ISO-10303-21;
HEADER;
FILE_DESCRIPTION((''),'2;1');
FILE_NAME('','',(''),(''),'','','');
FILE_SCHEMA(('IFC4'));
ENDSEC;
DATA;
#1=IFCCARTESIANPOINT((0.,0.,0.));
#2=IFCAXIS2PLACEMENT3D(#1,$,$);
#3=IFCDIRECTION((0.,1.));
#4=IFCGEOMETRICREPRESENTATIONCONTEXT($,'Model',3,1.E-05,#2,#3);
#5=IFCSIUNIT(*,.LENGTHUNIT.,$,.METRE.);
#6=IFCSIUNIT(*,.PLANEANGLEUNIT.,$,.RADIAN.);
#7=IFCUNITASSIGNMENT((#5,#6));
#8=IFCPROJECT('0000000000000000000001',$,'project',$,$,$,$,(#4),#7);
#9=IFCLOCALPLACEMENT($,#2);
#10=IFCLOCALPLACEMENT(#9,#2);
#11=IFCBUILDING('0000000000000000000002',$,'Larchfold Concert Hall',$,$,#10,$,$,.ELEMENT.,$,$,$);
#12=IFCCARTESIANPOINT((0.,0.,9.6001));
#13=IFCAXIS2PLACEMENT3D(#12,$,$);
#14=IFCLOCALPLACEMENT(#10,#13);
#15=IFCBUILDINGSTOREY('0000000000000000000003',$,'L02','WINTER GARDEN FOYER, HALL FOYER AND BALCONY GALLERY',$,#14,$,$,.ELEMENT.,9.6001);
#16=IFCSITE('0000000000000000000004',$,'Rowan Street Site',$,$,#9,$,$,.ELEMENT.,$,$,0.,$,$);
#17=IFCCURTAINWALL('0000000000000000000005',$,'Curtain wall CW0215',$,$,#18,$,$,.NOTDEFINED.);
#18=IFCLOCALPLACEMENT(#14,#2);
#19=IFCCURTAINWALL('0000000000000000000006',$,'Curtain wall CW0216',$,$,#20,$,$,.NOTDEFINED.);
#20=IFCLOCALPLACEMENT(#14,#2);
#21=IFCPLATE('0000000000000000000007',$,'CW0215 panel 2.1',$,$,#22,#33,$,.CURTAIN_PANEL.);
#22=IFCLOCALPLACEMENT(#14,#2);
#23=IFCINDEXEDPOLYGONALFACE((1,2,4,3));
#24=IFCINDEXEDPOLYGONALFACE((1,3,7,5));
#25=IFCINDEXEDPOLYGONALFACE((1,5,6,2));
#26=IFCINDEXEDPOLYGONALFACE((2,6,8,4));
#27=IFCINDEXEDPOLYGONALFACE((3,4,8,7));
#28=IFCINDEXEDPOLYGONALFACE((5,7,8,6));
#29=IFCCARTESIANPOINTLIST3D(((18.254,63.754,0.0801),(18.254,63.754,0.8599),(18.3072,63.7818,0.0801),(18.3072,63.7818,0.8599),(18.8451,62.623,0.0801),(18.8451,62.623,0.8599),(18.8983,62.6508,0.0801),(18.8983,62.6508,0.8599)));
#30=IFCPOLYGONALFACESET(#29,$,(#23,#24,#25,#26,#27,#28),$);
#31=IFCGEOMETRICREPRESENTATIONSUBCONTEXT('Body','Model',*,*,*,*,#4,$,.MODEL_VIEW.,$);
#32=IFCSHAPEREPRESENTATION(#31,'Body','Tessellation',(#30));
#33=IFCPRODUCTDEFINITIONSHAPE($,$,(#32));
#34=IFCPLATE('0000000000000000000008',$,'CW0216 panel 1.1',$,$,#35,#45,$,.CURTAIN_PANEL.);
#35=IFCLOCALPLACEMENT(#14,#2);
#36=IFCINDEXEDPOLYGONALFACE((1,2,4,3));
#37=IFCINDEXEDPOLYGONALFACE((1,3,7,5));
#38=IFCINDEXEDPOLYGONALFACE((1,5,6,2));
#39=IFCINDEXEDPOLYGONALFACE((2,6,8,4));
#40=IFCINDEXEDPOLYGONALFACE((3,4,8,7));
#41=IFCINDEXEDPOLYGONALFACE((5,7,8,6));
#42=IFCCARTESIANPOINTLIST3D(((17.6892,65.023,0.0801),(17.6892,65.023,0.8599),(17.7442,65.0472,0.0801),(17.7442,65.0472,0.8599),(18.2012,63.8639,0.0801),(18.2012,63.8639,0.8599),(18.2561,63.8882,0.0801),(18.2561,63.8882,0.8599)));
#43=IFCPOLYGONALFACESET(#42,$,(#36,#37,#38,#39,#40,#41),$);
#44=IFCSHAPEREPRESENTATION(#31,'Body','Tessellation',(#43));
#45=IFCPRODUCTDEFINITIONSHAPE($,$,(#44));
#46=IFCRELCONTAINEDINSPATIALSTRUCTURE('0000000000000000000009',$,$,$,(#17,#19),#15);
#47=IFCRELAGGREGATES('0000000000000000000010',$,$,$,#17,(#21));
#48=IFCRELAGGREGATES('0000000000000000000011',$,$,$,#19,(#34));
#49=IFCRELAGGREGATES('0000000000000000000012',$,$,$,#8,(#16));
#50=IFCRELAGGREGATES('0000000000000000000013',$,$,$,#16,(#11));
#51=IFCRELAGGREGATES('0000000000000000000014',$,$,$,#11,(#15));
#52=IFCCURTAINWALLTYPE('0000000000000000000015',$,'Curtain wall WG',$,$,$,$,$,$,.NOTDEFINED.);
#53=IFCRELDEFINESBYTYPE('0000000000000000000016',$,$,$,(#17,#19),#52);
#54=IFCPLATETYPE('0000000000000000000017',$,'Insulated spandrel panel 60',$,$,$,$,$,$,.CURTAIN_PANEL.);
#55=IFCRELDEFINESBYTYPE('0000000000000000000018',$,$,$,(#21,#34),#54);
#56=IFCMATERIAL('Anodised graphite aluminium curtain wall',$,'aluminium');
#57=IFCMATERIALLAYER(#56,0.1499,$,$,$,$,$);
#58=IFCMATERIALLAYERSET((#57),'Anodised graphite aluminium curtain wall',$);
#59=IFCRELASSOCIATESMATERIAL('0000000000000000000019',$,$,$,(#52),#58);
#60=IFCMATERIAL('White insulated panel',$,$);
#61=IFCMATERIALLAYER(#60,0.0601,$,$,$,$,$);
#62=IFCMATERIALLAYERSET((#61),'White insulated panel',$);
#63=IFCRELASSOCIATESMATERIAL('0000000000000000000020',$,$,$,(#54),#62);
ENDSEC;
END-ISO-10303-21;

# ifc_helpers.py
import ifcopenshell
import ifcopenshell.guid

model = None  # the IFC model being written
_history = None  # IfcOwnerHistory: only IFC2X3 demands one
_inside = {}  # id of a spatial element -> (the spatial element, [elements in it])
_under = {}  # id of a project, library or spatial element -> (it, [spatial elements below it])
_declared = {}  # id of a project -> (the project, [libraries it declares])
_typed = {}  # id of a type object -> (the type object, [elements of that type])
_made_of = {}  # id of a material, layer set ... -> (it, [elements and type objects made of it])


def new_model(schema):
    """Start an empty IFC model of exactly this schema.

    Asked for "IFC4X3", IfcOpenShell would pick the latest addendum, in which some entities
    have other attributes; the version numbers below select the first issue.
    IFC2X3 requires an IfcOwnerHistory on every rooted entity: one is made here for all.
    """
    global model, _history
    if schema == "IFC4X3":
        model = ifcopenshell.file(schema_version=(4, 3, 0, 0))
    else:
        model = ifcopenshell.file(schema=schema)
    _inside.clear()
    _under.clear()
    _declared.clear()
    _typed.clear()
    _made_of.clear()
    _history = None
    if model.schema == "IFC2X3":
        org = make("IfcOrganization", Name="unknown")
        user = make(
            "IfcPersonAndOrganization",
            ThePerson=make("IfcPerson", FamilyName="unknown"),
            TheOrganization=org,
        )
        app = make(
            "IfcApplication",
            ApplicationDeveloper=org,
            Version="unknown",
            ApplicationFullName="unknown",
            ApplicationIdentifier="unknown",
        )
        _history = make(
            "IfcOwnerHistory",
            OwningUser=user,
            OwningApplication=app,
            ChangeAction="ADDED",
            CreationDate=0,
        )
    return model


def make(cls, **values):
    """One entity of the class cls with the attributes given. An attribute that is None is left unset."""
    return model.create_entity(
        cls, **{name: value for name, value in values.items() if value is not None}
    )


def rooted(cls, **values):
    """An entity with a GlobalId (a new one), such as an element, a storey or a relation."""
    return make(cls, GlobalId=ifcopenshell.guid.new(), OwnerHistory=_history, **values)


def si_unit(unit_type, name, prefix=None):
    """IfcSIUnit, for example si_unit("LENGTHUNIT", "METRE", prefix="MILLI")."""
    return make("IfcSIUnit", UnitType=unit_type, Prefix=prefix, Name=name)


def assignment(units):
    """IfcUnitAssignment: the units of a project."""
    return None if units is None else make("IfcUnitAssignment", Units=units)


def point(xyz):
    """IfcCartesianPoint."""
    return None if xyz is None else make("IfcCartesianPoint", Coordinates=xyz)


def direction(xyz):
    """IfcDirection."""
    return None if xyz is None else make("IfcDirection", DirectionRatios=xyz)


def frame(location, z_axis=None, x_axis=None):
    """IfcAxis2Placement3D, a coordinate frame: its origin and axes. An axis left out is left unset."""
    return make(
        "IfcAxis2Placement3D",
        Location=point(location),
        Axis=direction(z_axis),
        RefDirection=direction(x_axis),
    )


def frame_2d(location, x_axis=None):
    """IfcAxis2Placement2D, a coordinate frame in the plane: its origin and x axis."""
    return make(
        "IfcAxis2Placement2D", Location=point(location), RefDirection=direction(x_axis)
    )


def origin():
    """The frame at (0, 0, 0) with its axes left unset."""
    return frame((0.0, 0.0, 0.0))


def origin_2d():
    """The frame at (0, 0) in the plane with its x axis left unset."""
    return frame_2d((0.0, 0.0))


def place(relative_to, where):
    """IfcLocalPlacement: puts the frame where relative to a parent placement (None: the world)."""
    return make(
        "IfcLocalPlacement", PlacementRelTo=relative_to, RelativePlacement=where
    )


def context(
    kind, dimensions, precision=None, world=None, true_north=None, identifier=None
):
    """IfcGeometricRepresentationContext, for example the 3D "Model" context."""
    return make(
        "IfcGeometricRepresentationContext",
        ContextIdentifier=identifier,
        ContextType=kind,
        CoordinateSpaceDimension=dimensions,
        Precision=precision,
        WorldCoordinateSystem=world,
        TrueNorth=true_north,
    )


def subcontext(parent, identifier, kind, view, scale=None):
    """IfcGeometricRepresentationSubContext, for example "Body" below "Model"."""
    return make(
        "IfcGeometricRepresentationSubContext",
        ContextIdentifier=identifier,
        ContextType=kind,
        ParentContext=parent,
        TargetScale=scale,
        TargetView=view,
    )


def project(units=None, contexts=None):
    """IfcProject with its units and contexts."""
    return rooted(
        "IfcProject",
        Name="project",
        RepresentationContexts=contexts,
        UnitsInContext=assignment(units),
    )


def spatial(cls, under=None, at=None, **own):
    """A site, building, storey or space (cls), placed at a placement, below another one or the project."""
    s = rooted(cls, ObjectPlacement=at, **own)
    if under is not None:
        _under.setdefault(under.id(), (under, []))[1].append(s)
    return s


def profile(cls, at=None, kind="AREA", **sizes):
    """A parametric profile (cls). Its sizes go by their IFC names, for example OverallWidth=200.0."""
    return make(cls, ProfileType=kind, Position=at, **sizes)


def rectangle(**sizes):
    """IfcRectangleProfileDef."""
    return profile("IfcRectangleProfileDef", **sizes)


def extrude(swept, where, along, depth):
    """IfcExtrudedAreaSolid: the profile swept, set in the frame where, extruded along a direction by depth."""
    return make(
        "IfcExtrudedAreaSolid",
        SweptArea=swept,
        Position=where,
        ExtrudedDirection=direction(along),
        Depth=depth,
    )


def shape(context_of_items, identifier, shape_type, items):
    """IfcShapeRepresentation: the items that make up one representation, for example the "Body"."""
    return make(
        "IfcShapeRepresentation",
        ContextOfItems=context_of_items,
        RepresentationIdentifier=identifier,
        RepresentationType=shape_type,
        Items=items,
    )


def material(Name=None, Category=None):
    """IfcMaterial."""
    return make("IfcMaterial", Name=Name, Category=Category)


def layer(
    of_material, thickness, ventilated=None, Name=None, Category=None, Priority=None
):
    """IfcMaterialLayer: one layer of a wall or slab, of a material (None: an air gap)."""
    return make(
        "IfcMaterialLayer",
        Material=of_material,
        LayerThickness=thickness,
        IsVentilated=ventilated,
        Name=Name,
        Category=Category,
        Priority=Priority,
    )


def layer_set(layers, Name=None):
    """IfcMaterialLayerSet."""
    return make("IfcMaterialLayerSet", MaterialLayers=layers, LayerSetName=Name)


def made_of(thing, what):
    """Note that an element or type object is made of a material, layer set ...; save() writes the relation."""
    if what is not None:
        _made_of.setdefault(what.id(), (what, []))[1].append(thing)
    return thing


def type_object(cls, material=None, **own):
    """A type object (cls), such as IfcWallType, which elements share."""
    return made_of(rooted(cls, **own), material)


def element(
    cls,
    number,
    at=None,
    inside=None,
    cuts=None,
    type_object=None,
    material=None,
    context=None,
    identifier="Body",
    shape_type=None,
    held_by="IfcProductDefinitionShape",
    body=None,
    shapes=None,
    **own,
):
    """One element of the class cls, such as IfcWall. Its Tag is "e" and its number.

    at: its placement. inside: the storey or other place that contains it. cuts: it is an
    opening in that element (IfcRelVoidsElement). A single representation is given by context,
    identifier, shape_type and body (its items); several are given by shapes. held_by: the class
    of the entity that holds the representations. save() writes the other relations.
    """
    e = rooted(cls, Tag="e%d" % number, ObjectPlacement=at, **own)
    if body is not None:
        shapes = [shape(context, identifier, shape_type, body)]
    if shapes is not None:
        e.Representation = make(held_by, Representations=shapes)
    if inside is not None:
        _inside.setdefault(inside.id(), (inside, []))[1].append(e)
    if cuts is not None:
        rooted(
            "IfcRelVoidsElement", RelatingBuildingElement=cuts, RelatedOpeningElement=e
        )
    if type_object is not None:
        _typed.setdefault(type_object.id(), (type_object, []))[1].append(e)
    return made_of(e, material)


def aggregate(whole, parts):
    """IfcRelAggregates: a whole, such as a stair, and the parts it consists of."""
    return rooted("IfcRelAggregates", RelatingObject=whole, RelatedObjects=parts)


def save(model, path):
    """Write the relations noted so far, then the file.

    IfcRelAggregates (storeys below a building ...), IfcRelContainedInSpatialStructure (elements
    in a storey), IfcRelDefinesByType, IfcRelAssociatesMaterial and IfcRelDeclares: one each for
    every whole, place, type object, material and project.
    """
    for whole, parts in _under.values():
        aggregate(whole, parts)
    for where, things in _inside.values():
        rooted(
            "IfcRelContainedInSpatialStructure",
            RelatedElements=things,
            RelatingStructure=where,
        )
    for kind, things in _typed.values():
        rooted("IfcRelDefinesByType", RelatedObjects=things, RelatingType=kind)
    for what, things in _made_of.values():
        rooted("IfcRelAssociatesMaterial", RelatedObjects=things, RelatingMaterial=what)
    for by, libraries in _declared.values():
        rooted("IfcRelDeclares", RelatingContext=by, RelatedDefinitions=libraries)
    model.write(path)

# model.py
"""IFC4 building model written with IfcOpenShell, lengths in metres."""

from ifc_helpers import new_model, si_unit, direction, frame, origin, origin_2d, place, context, subcontext, project, spatial, rectangle, extrude, material, layer, layer_set, type_object, element, aggregate, save


model = new_model("IFC4")

# Units and contexts
model_context = context("Model", 3, precision=1e-05, world=origin(), true_north=direction((0.0, 1.0)))
body_context = subcontext(model_context, "Body", "Model", "MODEL_VIEW")
ifc_project = project(units=[si_unit("LENGTHUNIT", "METRE"), si_unit("PLANEANGLEUNIT", "RADIAN")], contexts=[model_context])

# Site, building, storey
site_placement = place(None, origin())
site = spatial("IfcSite", under=ifc_project, at=site_placement, Name="Rowan Street Site", CompositionType="ELEMENT", RefElevation=0.0)
building_placement = place(site_placement, origin())
building = spatial("IfcBuilding", under=site, at=building_placement, Name="Larchfold Concert Hall", CompositionType="ELEMENT")
storey_placement = place(building_placement, frame((0.0, 0.0, 9.6001)))
storey = spatial("IfcBuildingStorey", under=building, at=storey_placement, Name="L02", Description="WINTER GARDEN FOYER, HALL FOYER AND BALCONY GALLERY", CompositionType="ELEMENT", Elevation=9.6001)

# Shared definitions
ifc_material_1 = material(Name="Anodised graphite aluminium curtain wall", Category="aluminium")
ifc_layer_1 = layer(ifc_material_1, 0.1499)
ifc_layer_set_1 = layer_set([ifc_layer_1], Name="Anodised graphite aluminium curtain wall")
curtain_wall_type = type_object("IfcCurtainWallType", Name="Curtain wall WG", PredefinedType="NOTDEFINED", material=ifc_layer_set_1)

# Curtain walls
curtain_wall_1_placement = place(storey_placement, origin())
curtain_wall_1 = element("IfcCurtainWall", 1, at=curtain_wall_1_placement, inside=storey, type_object=curtain_wall_type, Name="Curtain wall CW0215", PredefinedType="NOTDEFINED")
curtain_wall_2_placement = place(storey_placement, origin())
curtain_wall_2 = element("IfcCurtainWall", 2, at=curtain_wall_2_placement, inside=storey, type_object=curtain_wall_type, Name="Curtain wall CW0216", PredefinedType="NOTDEFINED")

# Plates
ifc_material_2 = material(Name="White insulated panel")
ifc_layer_2 = layer(ifc_material_2, 0.0601)
ifc_layer_set_2 = layer_set([ifc_layer_2], Name="White insulated panel")
plate_type_1 = type_object("IfcPlateType", Name="Insulated spandrel panel 60", PredefinedType="CURTAIN_PANEL", material=ifc_layer_set_2)
plate_1_placement = place(storey_placement, frame((18.5762, 63.2024, 0.0801), z_axis=(0.0, 0.0, 1.0), x_axis=(-0.463189, 0.88626, 0.0)))
plate_1 = element("IfcPlate", 3, at=plate_1_placement, type_object=plate_type_1, Name="CW0215 panel 2.1", PredefinedType="CURTAIN_PANEL", context=body_context, shape_type="SweptSolid", body=[
    extrude(rectangle(XDim=1.2761, YDim=0.0601, at=origin_2d()), origin(), (0.0, 0.0, 1.0), 0.7798),
])
aggregate(curtain_wall_1, [plate_1])
plate_2_placement = place(storey_placement, frame((17.9727, 64.4556, 0.0801), z_axis=(0.0, 0.0, 1.0), x_axis=(-0.404034, 0.914744, 0.0)))
plate_2 = element("IfcPlate", 4, at=plate_2_placement, type_object=plate_type_1, Name="CW0216 panel 1.1", PredefinedType="CURTAIN_PANEL", context=body_context, shape_type="SweptSolid", body=[
    extrude(rectangle(XDim=1.2671, YDim=0.0601, at=origin_2d()), origin(), (0.0, 0.0, 1.0), 0.7798),
])
aggregate(curtain_wall_2, [plate_2])

save(model, "model.ifc")
